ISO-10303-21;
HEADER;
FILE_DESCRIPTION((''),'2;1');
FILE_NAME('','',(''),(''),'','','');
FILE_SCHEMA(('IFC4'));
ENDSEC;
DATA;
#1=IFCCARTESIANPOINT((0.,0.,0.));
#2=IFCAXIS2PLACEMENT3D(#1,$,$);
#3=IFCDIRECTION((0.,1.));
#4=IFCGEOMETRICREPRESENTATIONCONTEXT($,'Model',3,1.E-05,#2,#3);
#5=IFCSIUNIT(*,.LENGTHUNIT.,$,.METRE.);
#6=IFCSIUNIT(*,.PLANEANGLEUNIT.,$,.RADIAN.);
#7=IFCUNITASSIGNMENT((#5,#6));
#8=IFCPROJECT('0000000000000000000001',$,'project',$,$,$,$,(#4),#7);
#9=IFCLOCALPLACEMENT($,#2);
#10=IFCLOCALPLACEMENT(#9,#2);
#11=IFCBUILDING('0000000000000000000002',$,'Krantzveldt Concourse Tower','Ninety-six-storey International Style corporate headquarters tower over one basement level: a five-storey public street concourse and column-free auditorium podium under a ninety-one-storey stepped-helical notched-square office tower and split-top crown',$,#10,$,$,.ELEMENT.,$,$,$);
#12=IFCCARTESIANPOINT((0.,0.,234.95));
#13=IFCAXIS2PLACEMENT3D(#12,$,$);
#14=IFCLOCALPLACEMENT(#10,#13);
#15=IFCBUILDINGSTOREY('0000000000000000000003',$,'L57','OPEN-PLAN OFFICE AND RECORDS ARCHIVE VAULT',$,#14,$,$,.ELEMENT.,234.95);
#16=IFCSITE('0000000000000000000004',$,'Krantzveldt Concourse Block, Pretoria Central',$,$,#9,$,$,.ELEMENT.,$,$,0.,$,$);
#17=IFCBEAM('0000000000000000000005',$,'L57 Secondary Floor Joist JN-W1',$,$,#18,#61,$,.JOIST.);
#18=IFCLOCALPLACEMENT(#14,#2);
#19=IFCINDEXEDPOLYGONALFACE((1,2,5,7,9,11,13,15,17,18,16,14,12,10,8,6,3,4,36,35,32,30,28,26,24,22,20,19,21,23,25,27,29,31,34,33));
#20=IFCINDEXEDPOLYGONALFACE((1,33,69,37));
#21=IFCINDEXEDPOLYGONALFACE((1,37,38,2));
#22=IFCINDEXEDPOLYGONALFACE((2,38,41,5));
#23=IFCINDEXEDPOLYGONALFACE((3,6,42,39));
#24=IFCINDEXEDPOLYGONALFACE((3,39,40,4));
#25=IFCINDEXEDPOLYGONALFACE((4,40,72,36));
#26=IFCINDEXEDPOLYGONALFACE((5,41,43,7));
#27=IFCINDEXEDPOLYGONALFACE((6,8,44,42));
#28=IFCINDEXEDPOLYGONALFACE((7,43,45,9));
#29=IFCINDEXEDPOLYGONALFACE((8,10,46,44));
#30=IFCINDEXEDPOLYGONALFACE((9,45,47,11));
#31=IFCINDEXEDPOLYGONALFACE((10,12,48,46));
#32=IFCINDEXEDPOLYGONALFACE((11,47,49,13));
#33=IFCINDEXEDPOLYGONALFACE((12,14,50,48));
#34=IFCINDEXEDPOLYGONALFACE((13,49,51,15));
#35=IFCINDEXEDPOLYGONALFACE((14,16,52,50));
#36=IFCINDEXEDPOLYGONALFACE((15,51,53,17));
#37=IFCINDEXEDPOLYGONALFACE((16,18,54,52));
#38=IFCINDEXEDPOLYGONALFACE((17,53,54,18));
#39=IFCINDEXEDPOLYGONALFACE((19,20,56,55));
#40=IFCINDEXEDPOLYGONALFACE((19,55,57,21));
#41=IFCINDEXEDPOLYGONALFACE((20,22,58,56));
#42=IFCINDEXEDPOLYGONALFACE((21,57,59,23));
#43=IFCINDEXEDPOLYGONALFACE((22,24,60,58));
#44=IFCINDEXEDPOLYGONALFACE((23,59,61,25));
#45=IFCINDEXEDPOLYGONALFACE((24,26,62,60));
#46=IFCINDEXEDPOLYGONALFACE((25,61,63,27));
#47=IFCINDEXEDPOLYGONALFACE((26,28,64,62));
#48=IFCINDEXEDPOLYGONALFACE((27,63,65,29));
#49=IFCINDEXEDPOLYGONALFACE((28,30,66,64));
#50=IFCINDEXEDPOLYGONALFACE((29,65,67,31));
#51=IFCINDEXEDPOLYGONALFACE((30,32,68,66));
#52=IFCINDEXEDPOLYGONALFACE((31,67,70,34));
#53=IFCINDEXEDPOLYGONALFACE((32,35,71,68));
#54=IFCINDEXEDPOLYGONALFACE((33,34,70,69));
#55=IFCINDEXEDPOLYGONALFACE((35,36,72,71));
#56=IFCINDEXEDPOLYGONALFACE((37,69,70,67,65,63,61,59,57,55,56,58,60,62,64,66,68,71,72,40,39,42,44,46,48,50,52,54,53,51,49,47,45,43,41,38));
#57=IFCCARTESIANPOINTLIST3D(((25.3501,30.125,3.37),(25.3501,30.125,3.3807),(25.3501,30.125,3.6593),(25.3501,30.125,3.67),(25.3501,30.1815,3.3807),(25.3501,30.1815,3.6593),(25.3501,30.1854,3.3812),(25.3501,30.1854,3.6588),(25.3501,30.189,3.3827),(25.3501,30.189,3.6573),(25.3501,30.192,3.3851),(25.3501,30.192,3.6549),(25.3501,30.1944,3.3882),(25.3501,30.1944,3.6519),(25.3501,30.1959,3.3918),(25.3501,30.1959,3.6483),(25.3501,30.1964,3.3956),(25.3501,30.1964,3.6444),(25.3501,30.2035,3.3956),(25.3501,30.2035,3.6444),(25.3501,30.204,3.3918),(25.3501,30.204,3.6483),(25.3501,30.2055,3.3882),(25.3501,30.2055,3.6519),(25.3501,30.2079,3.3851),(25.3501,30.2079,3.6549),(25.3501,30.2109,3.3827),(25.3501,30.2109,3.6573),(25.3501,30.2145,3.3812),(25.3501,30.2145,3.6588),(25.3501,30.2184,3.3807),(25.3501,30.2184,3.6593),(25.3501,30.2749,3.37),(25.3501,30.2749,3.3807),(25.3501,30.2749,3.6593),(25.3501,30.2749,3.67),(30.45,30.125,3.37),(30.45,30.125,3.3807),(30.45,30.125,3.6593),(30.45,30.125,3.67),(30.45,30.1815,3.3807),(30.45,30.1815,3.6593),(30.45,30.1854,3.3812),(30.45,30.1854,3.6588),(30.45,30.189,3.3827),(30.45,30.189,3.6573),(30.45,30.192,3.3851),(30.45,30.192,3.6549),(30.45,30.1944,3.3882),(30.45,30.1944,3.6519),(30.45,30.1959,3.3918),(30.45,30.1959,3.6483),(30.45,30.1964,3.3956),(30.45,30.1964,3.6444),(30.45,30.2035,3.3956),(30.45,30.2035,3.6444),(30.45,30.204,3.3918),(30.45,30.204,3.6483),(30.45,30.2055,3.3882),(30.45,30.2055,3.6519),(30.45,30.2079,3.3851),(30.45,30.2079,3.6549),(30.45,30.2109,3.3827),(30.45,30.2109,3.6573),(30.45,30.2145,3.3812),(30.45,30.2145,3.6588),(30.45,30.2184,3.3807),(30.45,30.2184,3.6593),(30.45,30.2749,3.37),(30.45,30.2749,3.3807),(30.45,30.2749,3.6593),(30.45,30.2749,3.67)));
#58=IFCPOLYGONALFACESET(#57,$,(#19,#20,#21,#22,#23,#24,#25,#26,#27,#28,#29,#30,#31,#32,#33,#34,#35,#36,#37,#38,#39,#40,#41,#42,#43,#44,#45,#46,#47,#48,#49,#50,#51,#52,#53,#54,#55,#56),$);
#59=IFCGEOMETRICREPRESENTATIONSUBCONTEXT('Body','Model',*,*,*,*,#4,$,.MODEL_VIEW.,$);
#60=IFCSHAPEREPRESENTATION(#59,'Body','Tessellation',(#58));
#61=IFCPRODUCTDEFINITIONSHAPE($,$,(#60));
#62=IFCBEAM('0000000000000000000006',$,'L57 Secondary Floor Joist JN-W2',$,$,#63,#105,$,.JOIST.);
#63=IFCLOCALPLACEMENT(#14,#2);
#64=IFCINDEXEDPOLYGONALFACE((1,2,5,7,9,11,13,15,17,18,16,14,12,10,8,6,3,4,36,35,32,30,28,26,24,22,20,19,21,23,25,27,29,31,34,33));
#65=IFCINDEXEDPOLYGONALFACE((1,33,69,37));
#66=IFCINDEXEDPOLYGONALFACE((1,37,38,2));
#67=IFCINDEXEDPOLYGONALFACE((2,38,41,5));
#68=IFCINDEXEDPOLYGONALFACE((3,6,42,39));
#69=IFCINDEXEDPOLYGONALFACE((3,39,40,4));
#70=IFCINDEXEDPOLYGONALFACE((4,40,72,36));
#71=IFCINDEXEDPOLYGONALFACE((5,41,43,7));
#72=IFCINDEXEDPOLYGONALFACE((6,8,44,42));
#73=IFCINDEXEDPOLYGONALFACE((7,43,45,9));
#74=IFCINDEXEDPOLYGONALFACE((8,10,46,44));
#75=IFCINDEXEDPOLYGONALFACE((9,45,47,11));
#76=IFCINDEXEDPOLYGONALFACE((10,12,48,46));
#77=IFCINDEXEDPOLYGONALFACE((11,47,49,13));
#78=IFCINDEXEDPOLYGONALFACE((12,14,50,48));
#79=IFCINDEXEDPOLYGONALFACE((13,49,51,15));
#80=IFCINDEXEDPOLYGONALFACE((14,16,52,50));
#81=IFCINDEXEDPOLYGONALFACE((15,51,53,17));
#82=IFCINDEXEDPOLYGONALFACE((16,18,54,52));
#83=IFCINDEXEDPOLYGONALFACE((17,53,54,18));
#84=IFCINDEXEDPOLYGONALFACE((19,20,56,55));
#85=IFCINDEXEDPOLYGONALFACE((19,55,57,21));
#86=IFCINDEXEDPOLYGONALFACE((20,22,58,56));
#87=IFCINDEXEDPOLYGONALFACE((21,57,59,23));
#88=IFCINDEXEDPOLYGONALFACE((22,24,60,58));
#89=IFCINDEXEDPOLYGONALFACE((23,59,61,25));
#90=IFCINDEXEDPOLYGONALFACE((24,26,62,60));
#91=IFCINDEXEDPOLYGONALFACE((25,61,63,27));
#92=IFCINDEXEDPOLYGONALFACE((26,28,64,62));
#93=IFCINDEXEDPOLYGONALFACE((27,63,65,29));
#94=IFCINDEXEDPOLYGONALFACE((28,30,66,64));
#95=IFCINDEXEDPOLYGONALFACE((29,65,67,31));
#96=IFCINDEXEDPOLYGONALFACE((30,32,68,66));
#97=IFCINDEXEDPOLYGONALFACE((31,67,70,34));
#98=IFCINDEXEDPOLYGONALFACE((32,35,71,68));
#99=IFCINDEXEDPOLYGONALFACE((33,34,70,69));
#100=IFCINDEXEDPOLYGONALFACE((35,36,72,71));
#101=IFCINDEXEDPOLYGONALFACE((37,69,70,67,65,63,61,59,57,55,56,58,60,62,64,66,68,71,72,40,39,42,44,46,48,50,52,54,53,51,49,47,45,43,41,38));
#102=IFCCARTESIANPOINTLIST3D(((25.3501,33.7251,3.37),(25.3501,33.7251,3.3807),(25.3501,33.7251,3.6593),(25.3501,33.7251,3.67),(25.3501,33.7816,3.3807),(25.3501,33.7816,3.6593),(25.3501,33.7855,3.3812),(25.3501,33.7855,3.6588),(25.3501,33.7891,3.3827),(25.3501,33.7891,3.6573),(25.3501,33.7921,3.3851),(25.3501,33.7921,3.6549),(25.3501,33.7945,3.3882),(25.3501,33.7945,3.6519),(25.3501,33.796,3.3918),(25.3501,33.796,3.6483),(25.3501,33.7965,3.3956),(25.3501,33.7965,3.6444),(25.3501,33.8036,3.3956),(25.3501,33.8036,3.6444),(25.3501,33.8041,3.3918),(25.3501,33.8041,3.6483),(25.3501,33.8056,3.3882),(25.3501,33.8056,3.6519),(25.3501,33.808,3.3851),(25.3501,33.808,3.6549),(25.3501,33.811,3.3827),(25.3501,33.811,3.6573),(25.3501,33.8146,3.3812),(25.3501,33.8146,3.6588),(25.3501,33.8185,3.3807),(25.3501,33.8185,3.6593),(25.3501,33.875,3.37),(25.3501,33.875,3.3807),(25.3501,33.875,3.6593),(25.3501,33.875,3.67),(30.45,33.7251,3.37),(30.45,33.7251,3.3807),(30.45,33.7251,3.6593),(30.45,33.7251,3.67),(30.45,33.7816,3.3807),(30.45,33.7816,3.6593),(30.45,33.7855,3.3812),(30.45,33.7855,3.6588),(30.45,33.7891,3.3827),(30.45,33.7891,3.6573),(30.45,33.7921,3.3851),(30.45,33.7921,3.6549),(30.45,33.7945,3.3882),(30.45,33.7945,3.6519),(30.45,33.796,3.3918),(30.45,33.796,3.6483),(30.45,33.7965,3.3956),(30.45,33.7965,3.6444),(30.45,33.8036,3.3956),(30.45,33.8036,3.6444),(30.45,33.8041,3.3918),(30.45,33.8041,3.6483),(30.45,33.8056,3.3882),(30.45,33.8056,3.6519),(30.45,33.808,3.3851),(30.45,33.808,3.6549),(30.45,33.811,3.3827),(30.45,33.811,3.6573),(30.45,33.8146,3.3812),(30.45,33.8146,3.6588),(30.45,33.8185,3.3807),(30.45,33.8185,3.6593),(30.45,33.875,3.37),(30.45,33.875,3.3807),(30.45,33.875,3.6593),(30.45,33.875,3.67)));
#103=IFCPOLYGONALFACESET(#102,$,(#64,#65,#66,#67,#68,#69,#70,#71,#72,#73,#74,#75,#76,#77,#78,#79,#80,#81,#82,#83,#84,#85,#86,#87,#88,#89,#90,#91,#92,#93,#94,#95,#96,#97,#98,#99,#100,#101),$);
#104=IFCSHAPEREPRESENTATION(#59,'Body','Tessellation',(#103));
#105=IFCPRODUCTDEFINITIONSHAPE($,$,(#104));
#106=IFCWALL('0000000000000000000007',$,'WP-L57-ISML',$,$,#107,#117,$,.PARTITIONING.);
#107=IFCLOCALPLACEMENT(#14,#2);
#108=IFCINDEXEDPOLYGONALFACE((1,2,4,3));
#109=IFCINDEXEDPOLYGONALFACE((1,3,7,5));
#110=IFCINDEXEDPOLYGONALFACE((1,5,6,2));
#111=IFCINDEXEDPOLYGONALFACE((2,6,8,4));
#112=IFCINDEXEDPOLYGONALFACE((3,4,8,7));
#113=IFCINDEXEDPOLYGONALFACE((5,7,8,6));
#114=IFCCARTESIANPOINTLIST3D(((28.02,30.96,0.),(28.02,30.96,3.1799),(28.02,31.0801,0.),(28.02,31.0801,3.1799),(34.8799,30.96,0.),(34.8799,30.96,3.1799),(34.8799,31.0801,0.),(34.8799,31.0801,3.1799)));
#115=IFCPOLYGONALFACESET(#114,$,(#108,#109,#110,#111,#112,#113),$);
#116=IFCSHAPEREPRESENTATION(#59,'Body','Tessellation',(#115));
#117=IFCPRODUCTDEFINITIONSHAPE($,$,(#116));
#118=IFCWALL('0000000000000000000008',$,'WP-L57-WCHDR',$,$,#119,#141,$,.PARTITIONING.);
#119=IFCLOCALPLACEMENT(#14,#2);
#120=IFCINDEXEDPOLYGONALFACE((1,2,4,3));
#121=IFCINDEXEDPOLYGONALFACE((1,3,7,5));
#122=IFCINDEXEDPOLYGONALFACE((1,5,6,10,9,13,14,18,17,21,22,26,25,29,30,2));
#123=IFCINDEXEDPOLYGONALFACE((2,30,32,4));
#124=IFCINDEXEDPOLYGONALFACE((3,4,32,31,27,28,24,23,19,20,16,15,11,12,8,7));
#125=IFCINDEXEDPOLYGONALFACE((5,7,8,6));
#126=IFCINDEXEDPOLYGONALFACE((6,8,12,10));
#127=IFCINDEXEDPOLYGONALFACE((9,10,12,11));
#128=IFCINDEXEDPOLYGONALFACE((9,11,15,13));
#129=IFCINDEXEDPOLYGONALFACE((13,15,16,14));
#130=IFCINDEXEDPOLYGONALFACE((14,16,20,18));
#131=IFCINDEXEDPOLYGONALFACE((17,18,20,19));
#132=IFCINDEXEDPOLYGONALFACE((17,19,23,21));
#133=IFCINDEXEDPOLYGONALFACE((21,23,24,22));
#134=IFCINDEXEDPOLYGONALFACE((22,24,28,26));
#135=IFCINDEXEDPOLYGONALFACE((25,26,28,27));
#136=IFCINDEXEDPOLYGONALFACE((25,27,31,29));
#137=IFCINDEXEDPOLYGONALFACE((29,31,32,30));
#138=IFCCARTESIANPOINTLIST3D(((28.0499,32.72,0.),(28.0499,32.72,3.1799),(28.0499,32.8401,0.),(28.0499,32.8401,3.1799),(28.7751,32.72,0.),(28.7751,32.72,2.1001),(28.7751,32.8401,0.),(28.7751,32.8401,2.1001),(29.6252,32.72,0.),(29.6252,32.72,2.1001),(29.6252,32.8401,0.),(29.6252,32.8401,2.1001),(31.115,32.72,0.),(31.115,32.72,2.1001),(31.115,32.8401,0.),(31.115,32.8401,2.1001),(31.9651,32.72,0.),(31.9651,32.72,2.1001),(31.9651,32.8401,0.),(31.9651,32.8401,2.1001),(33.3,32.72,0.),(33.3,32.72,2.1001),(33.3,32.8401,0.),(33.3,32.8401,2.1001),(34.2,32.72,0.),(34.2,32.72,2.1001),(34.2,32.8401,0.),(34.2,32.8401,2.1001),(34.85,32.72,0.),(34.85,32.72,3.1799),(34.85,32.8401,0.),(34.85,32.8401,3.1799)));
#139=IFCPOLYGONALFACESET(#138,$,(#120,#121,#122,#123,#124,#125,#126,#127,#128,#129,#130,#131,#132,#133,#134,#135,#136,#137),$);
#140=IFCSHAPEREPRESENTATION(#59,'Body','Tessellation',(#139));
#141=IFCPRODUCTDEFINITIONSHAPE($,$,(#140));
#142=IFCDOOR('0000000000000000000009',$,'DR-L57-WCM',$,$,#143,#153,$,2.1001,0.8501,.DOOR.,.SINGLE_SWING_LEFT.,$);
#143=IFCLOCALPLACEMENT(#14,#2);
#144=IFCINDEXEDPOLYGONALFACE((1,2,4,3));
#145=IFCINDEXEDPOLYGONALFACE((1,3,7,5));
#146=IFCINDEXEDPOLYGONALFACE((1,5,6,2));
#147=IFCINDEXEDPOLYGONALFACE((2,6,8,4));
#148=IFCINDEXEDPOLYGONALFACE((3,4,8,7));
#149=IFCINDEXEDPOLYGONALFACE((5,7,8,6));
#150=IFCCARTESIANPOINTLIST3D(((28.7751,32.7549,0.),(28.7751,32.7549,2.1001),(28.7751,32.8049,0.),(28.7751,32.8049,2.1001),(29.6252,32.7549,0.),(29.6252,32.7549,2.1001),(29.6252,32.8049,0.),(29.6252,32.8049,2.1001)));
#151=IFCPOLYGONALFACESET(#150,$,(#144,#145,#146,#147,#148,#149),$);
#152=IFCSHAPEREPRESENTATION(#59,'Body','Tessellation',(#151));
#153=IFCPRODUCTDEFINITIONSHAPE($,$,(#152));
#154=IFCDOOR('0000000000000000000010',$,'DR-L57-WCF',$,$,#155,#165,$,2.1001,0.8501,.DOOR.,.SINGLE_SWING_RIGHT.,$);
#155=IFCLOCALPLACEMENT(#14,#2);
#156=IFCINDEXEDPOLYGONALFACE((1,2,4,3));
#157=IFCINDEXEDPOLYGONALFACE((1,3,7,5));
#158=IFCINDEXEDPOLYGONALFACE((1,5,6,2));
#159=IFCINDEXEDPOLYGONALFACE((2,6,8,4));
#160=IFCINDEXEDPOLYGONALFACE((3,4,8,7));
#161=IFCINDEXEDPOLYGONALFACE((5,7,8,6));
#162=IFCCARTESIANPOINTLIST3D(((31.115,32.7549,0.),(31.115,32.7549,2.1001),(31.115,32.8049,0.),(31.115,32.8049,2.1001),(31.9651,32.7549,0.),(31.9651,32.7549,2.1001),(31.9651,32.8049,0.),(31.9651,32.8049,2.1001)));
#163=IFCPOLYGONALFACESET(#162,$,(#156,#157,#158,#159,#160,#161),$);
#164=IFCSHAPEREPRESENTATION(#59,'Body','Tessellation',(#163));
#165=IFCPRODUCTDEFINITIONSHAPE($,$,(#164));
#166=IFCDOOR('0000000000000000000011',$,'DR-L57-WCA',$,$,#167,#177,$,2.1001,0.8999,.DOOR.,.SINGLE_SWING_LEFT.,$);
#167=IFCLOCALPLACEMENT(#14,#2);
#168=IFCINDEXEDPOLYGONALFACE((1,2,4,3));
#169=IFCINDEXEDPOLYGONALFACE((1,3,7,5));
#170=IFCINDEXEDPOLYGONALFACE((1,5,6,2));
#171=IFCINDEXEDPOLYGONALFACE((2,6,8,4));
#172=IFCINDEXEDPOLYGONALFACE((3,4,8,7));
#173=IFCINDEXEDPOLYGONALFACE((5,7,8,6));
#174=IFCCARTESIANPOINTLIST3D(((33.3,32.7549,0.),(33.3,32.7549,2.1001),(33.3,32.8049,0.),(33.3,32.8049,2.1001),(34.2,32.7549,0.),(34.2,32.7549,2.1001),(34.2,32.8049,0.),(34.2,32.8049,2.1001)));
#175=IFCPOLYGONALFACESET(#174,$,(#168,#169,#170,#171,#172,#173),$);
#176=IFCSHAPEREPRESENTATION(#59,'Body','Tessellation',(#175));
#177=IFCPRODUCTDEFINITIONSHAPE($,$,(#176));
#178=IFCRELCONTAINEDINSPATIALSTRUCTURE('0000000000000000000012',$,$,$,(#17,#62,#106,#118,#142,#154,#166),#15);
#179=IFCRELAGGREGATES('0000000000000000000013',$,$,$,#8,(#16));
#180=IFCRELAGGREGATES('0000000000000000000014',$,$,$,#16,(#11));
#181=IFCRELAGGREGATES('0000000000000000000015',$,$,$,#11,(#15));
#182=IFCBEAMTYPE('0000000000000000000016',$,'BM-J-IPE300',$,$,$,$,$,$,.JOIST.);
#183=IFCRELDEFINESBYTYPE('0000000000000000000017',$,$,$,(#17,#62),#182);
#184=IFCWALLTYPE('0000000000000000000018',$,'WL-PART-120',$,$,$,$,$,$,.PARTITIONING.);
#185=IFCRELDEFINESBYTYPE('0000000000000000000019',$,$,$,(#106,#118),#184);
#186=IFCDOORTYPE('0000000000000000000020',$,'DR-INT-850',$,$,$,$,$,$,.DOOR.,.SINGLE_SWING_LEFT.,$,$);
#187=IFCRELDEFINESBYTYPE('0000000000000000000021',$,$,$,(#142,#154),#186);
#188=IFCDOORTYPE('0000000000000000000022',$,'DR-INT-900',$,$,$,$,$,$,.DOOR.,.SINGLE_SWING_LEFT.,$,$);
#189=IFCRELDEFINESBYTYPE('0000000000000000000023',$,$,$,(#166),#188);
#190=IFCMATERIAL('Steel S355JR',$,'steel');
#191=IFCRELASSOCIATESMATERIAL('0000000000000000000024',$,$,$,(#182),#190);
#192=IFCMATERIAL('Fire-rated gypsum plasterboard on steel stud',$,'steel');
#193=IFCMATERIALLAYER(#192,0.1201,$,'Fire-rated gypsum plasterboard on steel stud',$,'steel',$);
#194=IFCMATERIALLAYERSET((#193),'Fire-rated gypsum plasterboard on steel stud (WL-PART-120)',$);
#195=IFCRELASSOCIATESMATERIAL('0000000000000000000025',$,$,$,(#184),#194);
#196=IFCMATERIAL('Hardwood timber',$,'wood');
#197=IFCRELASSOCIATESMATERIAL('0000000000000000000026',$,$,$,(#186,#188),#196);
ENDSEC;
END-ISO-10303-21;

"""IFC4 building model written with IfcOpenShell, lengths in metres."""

from ifc_helpers import new_model, si_unit, direction, frame, frame_2d, origin, origin_2d, place, context, subcontext, project, spatial, rectangle, i_section, extrude, source, transform, mapped, material, layer, layer_set, material_profile, profile_set, type_object, type_shapes, element, fill, save


model = new_model("IFC4")

# Units and contexts
model_context = context("Model", 3, precision=1e-05, world=origin(), true_north=direction((0.0, 1.0)))
body_context = subcontext(model_context, "Body", "Model", "MODEL_VIEW")
ifc_project = project(units=[si_unit("LENGTHUNIT", "METRE"), si_unit("PLANEANGLEUNIT", "RADIAN")], contexts=[model_context])

# Site, building, storey
site_placement = place(None, origin())
site = spatial("IfcSite", under=ifc_project, at=site_placement, Name="Krantzveldt Concourse Block, Pretoria Central", CompositionType="ELEMENT", RefElevation=0.0)
building_placement = place(site_placement, origin())
building = spatial("IfcBuilding", under=site, at=building_placement, Name="Krantzveldt Concourse Tower", Description="Ninety-six-storey International Style corporate headquarters tower over one basement level: a five-storey public street concourse and column-free auditorium podium under a ninety-one-storey stepped-helical notched-square office tower and split-top crown", CompositionType="ELEMENT")
storey_placement = place(building_placement, frame((0.0, 0.0, 234.95)))
storey = spatial("IfcBuildingStorey", under=building, at=storey_placement, Name="L57", Description="OPEN-PLAN OFFICE AND RECORDS ARCHIVE VAULT", CompositionType="ELEMENT", Elevation=234.95)

# Beams
ifc_material_1 = material(Name="Steel S355JR", Category="steel")
ifc_material_profile_1 = material_profile(ifc_material_1, i_section(OverallWidth=0.1499, OverallDepth=0.3, WebThickness=0.0071, FlangeThickness=0.0107, FilletRadius=0.0149, at=origin_2d()), Name="Steel S355JR", Category="steel")
ifc_profile_set_1 = profile_set([ifc_material_profile_1], Name="Steel S355JR - IPE 300")
beam_type_1 = type_object("IfcBeamType", Name="BM-J-IPE300", PredefinedType="JOIST", material=ifc_profile_set_1)
shared_shape_1 = source(origin(), body_context, "Body", "SweptSolid", [
    extrude(i_section(OverallWidth=0.1499, OverallDepth=0.3, WebThickness=0.0071, FlangeThickness=0.0107, FilletRadius=0.0149, at=origin_2d()), origin(), (0.0, 0.0, 1.0), 5.0999),
])
type_shapes(beam_type_1, [shared_shape_1])
for number, where, z_axis, x_axis, name in (
    (1, (25.3501, 30.2, 3.52), (1.0, 0.0, 0.0), (0.0, 1.0, 0.0), "L57 Secondary Floor Joist JN-W1"),
    (2, (25.3501, 33.8, 3.52), (1.0, 0.0, 0.0), (0.0, 1.0, 0.0), "L57 Secondary Floor Joist JN-W2"),
):
    element("IfcBeam", number, at=place(storey_placement, frame(where, z_axis=z_axis, x_axis=x_axis)), inside=storey, type_object=beam_type_1, Name=name, PredefinedType="JOIST", context=body_context, shape_type="MappedRepresentation", body=[
        mapped(shared_shape_1, transform((0.0, 0.0, 0.0), x_axis=(1.0, 0.0, 0.0), y_axis=(0.0, 1.0, 0.0), z_axis=(0.0, 0.0, 1.0), scale=1.0)),
    ])

# Wall
ifc_material_2 = material(Name="Fire-rated gypsum plasterboard on steel stud", Category="steel")
ifc_layer_1 = layer(ifc_material_2, 0.1201, Name="Fire-rated gypsum plasterboard on steel stud", Category="steel")
ifc_layer_set_1 = layer_set([ifc_layer_1], Name="Fire-rated gypsum plasterboard on steel stud (WL-PART-120)")
wall_type_1 = type_object("IfcWallType", Name="WL-PART-120", PredefinedType="PARTITIONING", material=ifc_layer_set_1)
wall_1_placement = place(storey_placement, frame((28.02, 31.02, 0.0), z_axis=(0.0, 0.0, 1.0), x_axis=(1.0, 0.0, 0.0)))
element("IfcWall", 3, at=wall_1_placement, inside=storey, type_object=wall_type_1, Name="WP-L57-ISML", PredefinedType="PARTITIONING", context=body_context, shape_type="SweptSolid", body=[
    extrude(rectangle(XDim=6.8599, YDim=0.1201, at=frame_2d((3.4299, 0.0))), origin(), (0.0, 0.0, 1.0), 3.1799),
])

# Wall, openings, doors
wall_2_placement = place(storey_placement, frame((28.05, 32.78, 0.0), z_axis=(0.0, 0.0, 1.0), x_axis=(1.0, 0.0, 0.0)))
wall_2 = element("IfcWall", 4, at=wall_2_placement, inside=storey, type_object=wall_type_1, Name="WP-L57-WCHDR", PredefinedType="PARTITIONING", context=body_context, shape_type="SweptSolid", body=[
    extrude(rectangle(XDim=6.8, YDim=0.1201, at=frame_2d((3.3999, 0.0))), origin(), (0.0, 0.0, 1.0), 3.1799),
])
opening_1_placement = place(wall_2_placement, frame((0.7251, 0.0, 0.0)))
opening_1 = element("IfcOpeningElement", 5, at=opening_1_placement, cuts=wall_2, PredefinedType="OPENING", context=body_context, shape_type="SweptSolid", body=[
    extrude(rectangle(XDim=0.8501, YDim=2.1001, at=frame_2d((0.425, 1.05))), frame((0.0, 0.0701, 0.0), z_axis=(0.0, -1.0, 0.0), x_axis=(1.0, 0.0, 0.0)), (0.0, 0.0, 1.0), 0.1401),
])
opening_2_placement = place(wall_2_placement, frame((3.0649, 0.0, 0.0)))
opening_2 = element("IfcOpeningElement", 6, at=opening_2_placement, cuts=wall_2, PredefinedType="OPENING", context=body_context, shape_type="SweptSolid", body=[
    extrude(rectangle(XDim=0.8501, YDim=2.1001, at=frame_2d((0.425, 1.05))), frame((0.0, 0.0701, 0.0), z_axis=(0.0, -1.0, 0.0), x_axis=(1.0, 0.0, 0.0)), (0.0, 0.0, 1.0), 0.1401),
])
opening_3_placement = place(wall_2_placement, frame((5.25, 0.0, 0.0)))
opening_3 = element("IfcOpeningElement", 7, at=opening_3_placement, cuts=wall_2, PredefinedType="OPENING", context=body_context, shape_type="SweptSolid", body=[
    extrude(rectangle(XDim=0.8999, YDim=2.1001, at=frame_2d((0.45, 1.05))), frame((0.0, 0.0701, 0.0), z_axis=(0.0, -1.0, 0.0), x_axis=(1.0, 0.0, 0.0)), (0.0, 0.0, 1.0), 0.1401),
])
ifc_material_3 = material(Name="Hardwood timber", Category="wood")
door_type_1 = type_object("IfcDoorType", Name="DR-INT-850", OperationType="SINGLE_SWING_LEFT", PredefinedType="DOOR", material=ifc_material_3)
door_1_placement = place(opening_1_placement, origin())
door_1 = element("IfcDoor", 8, at=door_1_placement, inside=storey, type_object=door_type_1, Name="DR-L57-WCM", OperationType="SINGLE_SWING_LEFT", OverallHeight=2.1001, OverallWidth=0.8501, PredefinedType="DOOR", context=body_context, shape_type="SweptSolid", body=[
    extrude(rectangle(XDim=0.8501, YDim=2.1001, at=frame_2d((0.425, 1.05))), frame((0.0, 0.0249, 0.0), z_axis=(0.0, -1.0, 0.0), x_axis=(1.0, 0.0, 0.0)), (0.0, 0.0, 1.0), 0.05),
])
fill(opening_1, door_1)
door_2_placement = place(opening_2_placement, origin())
door_2 = element("IfcDoor", 9, at=door_2_placement, inside=storey, type_object=door_type_1, Name="DR-L57-WCF", OperationType="SINGLE_SWING_RIGHT", OverallHeight=2.1001, OverallWidth=0.8501, PredefinedType="DOOR", context=body_context, shape_type="SweptSolid", body=[
    extrude(rectangle(XDim=0.8501, YDim=2.1001, at=frame_2d((0.425, 1.05))), frame((0.0, 0.0249, 0.0), z_axis=(0.0, -1.0, 0.0), x_axis=(1.0, 0.0, 0.0)), (0.0, 0.0, 1.0), 0.05),
])
fill(opening_2, door_2)
door_type_2 = type_object("IfcDoorType", Name="DR-INT-900", OperationType="SINGLE_SWING_LEFT", PredefinedType="DOOR", material=ifc_material_3)
door_3_placement = place(opening_3_placement, origin())
door_3 = element("IfcDoor", 10, at=door_3_placement, inside=storey, type_object=door_type_2, Name="DR-L57-WCA", OperationType="SINGLE_SWING_LEFT", OverallHeight=2.1001, OverallWidth=0.8999, PredefinedType="DOOR", context=body_context, shape_type="SweptSolid", body=[
    extrude(rectangle(XDim=0.8999, YDim=2.1001, at=frame_2d((0.45, 1.05))), frame((0.0, 0.0249, 0.0), z_axis=(0.0, -1.0, 0.0), x_axis=(1.0, 0.0, 0.0)), (0.0, 0.0, 1.0), 0.05),
])
fill(opening_3, door_3)

save(model, "model.ifc")
